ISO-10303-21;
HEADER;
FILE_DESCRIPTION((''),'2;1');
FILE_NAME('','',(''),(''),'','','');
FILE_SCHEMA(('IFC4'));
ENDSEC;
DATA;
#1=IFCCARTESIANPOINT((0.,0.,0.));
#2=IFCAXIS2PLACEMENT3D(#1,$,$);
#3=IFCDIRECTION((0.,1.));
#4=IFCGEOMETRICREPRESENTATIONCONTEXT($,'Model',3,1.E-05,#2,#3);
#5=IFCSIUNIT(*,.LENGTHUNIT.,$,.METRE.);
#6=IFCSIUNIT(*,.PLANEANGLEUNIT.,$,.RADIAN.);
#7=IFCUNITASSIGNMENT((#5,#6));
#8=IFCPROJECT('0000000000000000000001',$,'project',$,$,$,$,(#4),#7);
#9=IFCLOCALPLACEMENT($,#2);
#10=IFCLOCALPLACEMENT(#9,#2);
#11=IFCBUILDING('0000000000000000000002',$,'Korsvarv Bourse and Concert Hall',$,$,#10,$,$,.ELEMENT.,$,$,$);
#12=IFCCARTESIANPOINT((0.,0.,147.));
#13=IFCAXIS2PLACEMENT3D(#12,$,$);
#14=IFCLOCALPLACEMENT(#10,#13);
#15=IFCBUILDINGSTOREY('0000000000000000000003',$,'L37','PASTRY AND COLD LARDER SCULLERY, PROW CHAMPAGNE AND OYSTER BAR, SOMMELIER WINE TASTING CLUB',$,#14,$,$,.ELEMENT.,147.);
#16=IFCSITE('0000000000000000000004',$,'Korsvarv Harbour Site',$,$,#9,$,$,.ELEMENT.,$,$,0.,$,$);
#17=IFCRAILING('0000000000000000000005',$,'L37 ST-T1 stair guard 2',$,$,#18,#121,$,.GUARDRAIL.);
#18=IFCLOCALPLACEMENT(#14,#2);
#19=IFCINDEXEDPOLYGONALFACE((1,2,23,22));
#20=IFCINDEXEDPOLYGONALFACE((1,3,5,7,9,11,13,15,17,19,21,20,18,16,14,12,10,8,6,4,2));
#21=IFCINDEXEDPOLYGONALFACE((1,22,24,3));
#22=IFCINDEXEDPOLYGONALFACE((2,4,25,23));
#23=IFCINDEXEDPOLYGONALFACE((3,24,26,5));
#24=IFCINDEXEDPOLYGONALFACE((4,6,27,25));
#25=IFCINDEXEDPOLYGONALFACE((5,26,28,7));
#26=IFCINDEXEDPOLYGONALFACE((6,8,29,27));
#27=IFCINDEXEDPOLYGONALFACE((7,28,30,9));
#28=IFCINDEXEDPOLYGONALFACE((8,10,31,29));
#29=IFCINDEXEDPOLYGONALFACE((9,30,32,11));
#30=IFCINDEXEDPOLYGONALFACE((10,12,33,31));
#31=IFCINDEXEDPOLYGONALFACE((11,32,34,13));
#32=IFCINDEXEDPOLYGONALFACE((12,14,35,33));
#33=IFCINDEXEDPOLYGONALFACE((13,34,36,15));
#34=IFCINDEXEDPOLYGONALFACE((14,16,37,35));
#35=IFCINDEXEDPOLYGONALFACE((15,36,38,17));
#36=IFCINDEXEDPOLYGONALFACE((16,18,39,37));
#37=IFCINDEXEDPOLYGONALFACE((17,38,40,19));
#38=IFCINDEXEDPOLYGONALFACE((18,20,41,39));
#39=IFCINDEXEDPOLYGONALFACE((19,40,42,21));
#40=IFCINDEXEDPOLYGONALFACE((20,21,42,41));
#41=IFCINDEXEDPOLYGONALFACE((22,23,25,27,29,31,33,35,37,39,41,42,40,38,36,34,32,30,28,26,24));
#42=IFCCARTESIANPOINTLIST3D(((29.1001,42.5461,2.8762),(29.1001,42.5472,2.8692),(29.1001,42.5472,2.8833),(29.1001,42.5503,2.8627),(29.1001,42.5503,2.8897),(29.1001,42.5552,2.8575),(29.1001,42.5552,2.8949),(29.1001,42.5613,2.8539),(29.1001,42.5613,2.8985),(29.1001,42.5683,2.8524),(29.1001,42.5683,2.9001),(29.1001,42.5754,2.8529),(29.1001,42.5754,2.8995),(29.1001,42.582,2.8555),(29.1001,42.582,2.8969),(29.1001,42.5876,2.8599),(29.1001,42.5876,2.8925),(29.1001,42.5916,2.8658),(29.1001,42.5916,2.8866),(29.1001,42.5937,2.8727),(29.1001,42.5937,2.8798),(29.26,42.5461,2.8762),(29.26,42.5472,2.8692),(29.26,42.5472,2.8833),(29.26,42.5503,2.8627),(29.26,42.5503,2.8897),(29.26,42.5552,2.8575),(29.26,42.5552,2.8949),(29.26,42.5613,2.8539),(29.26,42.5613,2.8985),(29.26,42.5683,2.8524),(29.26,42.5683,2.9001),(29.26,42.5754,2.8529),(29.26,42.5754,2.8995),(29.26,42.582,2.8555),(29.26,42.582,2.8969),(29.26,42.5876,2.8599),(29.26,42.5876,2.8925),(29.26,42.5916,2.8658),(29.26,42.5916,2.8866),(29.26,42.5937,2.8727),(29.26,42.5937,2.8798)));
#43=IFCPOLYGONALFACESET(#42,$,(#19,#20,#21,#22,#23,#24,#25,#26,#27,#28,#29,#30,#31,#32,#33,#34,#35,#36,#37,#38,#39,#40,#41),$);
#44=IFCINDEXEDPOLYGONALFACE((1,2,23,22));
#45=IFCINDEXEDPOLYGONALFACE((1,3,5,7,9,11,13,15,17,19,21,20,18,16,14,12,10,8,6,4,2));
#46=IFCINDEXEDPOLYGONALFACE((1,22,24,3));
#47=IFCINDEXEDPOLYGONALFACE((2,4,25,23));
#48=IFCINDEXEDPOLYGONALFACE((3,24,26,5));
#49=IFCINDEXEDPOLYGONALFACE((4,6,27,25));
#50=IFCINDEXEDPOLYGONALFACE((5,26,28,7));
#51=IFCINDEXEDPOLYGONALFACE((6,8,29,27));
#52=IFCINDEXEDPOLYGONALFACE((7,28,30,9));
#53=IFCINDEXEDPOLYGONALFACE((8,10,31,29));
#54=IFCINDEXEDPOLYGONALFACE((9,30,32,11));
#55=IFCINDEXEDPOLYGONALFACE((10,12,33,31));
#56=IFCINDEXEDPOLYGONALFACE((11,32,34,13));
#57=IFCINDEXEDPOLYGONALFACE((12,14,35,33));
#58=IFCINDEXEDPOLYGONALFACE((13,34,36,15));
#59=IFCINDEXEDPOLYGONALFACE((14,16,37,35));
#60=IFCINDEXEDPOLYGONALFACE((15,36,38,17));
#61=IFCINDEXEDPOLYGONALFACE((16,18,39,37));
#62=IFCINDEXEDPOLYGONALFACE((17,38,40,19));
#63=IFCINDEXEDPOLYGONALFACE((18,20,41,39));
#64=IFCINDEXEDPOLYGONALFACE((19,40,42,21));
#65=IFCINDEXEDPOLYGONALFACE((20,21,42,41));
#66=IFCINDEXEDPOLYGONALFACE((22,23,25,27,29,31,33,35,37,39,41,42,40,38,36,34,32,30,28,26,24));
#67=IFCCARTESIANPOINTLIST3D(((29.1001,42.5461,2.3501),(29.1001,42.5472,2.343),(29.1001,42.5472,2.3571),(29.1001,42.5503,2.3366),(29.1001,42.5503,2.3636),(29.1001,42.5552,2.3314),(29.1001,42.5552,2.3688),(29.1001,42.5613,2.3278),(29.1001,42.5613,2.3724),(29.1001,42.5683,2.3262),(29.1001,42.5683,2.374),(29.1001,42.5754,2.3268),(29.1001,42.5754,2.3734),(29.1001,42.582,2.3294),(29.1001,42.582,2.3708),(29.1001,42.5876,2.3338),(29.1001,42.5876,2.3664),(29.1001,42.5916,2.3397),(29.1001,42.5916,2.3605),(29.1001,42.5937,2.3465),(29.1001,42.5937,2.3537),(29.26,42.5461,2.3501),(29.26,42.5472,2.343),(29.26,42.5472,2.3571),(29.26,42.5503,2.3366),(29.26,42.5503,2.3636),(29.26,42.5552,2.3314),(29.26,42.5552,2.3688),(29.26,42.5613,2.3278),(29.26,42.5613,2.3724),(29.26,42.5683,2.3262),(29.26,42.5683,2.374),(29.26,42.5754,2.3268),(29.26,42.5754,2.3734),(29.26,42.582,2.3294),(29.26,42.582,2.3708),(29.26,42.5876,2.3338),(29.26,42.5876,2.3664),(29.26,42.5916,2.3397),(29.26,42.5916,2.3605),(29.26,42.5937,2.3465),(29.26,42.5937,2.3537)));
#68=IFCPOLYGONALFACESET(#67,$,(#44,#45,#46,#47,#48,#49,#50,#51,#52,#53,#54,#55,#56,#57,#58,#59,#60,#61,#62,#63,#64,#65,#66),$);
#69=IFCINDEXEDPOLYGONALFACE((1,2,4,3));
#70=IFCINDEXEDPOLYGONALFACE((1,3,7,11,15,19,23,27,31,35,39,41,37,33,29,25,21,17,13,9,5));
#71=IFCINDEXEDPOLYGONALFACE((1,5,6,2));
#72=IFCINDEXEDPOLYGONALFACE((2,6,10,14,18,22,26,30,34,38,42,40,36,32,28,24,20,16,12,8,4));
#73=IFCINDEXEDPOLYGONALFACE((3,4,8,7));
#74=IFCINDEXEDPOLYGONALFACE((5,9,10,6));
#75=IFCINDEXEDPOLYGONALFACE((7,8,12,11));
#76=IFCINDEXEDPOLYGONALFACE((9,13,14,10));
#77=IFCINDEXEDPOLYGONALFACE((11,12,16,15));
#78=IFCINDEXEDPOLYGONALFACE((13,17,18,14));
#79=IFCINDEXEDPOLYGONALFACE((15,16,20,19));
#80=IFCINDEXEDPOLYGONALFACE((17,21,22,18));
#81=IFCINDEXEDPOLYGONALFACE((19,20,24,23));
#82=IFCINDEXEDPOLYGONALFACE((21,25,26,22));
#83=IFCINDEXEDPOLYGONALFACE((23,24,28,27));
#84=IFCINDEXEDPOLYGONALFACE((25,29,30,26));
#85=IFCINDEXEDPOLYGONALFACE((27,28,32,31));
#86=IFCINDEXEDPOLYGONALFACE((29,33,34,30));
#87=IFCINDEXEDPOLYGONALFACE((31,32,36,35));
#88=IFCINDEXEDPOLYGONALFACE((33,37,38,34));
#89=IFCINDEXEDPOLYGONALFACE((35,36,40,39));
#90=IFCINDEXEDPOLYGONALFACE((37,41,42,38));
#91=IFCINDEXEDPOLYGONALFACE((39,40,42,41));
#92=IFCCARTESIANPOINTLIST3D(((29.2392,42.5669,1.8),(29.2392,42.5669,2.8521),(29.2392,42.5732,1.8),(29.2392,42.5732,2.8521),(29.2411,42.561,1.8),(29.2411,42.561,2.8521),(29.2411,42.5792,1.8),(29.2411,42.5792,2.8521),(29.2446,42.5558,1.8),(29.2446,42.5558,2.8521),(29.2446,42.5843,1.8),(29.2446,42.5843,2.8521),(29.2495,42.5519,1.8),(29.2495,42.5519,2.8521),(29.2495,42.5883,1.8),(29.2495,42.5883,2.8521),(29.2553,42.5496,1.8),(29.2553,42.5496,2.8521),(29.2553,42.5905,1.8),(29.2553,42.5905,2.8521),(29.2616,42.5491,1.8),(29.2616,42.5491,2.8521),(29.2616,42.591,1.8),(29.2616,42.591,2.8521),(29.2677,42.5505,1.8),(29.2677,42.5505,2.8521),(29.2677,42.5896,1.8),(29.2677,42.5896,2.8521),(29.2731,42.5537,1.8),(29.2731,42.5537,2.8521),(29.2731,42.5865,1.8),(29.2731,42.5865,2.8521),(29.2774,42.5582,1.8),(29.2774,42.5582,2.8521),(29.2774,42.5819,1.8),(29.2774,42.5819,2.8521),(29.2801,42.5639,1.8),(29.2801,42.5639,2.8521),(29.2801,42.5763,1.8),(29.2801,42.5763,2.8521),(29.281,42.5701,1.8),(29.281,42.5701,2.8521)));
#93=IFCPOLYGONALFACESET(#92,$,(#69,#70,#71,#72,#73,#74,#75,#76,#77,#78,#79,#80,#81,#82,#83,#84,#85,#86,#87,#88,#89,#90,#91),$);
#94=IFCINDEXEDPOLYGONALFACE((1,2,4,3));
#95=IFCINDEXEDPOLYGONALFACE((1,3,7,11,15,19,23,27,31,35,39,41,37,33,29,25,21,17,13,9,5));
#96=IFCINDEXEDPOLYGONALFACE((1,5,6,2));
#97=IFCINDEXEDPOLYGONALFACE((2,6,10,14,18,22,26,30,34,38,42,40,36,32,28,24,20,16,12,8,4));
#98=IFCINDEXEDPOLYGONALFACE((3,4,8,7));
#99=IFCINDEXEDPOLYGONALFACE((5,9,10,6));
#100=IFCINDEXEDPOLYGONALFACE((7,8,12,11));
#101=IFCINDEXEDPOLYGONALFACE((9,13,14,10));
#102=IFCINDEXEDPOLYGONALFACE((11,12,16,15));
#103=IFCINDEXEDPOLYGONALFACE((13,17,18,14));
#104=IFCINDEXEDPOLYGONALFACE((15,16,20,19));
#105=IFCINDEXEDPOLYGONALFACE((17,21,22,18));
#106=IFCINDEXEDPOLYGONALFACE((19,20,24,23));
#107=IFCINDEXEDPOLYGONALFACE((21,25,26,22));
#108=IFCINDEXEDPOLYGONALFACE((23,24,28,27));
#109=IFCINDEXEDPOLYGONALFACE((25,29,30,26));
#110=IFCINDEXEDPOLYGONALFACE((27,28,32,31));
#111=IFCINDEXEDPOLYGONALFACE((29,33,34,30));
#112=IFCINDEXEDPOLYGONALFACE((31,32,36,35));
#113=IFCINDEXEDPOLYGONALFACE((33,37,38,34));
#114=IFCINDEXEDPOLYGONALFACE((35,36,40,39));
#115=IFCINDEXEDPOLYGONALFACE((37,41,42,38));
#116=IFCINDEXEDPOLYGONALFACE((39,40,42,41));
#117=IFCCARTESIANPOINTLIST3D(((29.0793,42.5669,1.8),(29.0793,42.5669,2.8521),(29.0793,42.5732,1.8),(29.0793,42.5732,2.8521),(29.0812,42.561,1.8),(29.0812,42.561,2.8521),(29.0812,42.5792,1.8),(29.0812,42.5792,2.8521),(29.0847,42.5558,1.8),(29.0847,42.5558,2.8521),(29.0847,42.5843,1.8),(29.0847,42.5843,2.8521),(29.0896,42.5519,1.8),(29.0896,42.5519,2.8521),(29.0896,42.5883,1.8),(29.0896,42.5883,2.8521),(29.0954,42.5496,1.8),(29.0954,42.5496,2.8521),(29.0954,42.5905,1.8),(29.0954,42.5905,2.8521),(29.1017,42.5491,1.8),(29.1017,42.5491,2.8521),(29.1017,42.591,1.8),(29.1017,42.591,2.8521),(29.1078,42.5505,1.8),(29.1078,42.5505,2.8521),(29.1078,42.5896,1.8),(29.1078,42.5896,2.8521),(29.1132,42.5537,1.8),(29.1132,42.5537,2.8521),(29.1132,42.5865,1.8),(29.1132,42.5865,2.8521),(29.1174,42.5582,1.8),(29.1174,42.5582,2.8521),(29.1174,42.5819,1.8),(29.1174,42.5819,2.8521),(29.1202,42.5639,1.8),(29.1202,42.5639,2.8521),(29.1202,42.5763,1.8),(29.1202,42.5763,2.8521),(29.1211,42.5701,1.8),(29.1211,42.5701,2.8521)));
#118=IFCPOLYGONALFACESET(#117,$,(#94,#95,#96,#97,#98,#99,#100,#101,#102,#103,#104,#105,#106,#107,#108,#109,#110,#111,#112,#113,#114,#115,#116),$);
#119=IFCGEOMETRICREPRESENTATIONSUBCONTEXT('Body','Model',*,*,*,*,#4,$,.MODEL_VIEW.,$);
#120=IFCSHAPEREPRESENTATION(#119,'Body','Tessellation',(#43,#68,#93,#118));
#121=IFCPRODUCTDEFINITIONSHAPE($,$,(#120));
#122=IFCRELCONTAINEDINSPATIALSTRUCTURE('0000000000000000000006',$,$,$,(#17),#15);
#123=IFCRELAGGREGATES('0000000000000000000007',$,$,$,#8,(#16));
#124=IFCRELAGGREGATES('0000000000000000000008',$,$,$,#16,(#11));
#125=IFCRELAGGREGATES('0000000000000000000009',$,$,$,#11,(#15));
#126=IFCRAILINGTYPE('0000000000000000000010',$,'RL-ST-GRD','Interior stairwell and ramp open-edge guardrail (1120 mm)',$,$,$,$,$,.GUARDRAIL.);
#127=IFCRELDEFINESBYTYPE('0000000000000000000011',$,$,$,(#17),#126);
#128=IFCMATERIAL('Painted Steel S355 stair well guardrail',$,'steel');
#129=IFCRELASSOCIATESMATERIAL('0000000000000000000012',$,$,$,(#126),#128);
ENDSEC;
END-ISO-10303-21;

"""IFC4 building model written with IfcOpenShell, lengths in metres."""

from ifc_helpers import new_model, si_unit, direction, frame, origin, origin_2d, place, context, subcontext, project, spatial, circle, extrude, material, type_object, element, save


model = new_model("IFC4")

# Units and contexts
model_context = context("Model", 3, precision=1e-05, world=origin(), true_north=direction((0.0, 1.0)))
body_context = subcontext(model_context, "Body", "Model", "MODEL_VIEW")
ifc_project = project(units=[si_unit("LENGTHUNIT", "METRE"), si_unit("PLANEANGLEUNIT", "RADIAN")], contexts=[model_context])

# Site, building, storey
site_placement = place(None, origin())
site = spatial("IfcSite", under=ifc_project, at=site_placement, Name="Korsvarv Harbour Site", CompositionType="ELEMENT", RefElevation=0.0)
building_placement = place(site_placement, origin())
building = spatial("IfcBuilding", under=site, at=building_placement, Name="Korsvarv Bourse and Concert Hall", CompositionType="ELEMENT")
storey_placement = place(building_placement, frame((0.0, 0.0, 147.0)))
storey = spatial("IfcBuildingStorey", under=building, at=storey_placement, Name="L37", Description="PASTRY AND COLD LARDER SCULLERY, PROW CHAMPAGNE AND OYSTER BAR, SOMMELIER WINE TASTING CLUB", CompositionType="ELEMENT", Elevation=147.0)

# Railing
ifc_material_1 = material(Name="Painted Steel S355 stair well guardrail", Category="steel")
railing_type = type_object("IfcRailingType", Name="RL-ST-GRD", Description="Interior stairwell and ramp open-edge guardrail (1120 mm)", PredefinedType="GUARDRAIL", material=ifc_material_1)
railing_1_placement = place(storey_placement, frame((29.26, 42.5701, 1.8)))
element("IfcRailing", 1, at=railing_1_placement, inside=storey, type_object=railing_type, Name="L37 ST-T1 stair guard 2", PredefinedType="GUARDRAIL", context=body_context, shape_type="SweptSolid", body=[
    extrude(circle(Radius=0.0239, at=origin_2d()), frame((0.0, 0.0, 1.0762), z_axis=(-1.0, 0.0, 0.0), x_axis=(0.0, -1.0, 0.0)), (0.0, 0.0, 1.0), 0.1599),
    extrude(circle(Radius=0.0239, at=origin_2d()), frame((0.0, 0.0, 0.55), z_axis=(-1.0, 0.0, 0.0), x_axis=(0.0, -1.0, 0.0)), (0.0, 0.0, 1.0), 0.1599),
    extrude(circle(Radius=0.021, at=origin_2d()), origin(), (0.0, 0.0, 1.0), 1.052),
    extrude(circle(Radius=0.021, at=origin_2d()), frame((-0.1599, 0.0, 0.0)), (0.0, 0.0, 1.0), 1.052),
])

save(model, "model.ifc")
